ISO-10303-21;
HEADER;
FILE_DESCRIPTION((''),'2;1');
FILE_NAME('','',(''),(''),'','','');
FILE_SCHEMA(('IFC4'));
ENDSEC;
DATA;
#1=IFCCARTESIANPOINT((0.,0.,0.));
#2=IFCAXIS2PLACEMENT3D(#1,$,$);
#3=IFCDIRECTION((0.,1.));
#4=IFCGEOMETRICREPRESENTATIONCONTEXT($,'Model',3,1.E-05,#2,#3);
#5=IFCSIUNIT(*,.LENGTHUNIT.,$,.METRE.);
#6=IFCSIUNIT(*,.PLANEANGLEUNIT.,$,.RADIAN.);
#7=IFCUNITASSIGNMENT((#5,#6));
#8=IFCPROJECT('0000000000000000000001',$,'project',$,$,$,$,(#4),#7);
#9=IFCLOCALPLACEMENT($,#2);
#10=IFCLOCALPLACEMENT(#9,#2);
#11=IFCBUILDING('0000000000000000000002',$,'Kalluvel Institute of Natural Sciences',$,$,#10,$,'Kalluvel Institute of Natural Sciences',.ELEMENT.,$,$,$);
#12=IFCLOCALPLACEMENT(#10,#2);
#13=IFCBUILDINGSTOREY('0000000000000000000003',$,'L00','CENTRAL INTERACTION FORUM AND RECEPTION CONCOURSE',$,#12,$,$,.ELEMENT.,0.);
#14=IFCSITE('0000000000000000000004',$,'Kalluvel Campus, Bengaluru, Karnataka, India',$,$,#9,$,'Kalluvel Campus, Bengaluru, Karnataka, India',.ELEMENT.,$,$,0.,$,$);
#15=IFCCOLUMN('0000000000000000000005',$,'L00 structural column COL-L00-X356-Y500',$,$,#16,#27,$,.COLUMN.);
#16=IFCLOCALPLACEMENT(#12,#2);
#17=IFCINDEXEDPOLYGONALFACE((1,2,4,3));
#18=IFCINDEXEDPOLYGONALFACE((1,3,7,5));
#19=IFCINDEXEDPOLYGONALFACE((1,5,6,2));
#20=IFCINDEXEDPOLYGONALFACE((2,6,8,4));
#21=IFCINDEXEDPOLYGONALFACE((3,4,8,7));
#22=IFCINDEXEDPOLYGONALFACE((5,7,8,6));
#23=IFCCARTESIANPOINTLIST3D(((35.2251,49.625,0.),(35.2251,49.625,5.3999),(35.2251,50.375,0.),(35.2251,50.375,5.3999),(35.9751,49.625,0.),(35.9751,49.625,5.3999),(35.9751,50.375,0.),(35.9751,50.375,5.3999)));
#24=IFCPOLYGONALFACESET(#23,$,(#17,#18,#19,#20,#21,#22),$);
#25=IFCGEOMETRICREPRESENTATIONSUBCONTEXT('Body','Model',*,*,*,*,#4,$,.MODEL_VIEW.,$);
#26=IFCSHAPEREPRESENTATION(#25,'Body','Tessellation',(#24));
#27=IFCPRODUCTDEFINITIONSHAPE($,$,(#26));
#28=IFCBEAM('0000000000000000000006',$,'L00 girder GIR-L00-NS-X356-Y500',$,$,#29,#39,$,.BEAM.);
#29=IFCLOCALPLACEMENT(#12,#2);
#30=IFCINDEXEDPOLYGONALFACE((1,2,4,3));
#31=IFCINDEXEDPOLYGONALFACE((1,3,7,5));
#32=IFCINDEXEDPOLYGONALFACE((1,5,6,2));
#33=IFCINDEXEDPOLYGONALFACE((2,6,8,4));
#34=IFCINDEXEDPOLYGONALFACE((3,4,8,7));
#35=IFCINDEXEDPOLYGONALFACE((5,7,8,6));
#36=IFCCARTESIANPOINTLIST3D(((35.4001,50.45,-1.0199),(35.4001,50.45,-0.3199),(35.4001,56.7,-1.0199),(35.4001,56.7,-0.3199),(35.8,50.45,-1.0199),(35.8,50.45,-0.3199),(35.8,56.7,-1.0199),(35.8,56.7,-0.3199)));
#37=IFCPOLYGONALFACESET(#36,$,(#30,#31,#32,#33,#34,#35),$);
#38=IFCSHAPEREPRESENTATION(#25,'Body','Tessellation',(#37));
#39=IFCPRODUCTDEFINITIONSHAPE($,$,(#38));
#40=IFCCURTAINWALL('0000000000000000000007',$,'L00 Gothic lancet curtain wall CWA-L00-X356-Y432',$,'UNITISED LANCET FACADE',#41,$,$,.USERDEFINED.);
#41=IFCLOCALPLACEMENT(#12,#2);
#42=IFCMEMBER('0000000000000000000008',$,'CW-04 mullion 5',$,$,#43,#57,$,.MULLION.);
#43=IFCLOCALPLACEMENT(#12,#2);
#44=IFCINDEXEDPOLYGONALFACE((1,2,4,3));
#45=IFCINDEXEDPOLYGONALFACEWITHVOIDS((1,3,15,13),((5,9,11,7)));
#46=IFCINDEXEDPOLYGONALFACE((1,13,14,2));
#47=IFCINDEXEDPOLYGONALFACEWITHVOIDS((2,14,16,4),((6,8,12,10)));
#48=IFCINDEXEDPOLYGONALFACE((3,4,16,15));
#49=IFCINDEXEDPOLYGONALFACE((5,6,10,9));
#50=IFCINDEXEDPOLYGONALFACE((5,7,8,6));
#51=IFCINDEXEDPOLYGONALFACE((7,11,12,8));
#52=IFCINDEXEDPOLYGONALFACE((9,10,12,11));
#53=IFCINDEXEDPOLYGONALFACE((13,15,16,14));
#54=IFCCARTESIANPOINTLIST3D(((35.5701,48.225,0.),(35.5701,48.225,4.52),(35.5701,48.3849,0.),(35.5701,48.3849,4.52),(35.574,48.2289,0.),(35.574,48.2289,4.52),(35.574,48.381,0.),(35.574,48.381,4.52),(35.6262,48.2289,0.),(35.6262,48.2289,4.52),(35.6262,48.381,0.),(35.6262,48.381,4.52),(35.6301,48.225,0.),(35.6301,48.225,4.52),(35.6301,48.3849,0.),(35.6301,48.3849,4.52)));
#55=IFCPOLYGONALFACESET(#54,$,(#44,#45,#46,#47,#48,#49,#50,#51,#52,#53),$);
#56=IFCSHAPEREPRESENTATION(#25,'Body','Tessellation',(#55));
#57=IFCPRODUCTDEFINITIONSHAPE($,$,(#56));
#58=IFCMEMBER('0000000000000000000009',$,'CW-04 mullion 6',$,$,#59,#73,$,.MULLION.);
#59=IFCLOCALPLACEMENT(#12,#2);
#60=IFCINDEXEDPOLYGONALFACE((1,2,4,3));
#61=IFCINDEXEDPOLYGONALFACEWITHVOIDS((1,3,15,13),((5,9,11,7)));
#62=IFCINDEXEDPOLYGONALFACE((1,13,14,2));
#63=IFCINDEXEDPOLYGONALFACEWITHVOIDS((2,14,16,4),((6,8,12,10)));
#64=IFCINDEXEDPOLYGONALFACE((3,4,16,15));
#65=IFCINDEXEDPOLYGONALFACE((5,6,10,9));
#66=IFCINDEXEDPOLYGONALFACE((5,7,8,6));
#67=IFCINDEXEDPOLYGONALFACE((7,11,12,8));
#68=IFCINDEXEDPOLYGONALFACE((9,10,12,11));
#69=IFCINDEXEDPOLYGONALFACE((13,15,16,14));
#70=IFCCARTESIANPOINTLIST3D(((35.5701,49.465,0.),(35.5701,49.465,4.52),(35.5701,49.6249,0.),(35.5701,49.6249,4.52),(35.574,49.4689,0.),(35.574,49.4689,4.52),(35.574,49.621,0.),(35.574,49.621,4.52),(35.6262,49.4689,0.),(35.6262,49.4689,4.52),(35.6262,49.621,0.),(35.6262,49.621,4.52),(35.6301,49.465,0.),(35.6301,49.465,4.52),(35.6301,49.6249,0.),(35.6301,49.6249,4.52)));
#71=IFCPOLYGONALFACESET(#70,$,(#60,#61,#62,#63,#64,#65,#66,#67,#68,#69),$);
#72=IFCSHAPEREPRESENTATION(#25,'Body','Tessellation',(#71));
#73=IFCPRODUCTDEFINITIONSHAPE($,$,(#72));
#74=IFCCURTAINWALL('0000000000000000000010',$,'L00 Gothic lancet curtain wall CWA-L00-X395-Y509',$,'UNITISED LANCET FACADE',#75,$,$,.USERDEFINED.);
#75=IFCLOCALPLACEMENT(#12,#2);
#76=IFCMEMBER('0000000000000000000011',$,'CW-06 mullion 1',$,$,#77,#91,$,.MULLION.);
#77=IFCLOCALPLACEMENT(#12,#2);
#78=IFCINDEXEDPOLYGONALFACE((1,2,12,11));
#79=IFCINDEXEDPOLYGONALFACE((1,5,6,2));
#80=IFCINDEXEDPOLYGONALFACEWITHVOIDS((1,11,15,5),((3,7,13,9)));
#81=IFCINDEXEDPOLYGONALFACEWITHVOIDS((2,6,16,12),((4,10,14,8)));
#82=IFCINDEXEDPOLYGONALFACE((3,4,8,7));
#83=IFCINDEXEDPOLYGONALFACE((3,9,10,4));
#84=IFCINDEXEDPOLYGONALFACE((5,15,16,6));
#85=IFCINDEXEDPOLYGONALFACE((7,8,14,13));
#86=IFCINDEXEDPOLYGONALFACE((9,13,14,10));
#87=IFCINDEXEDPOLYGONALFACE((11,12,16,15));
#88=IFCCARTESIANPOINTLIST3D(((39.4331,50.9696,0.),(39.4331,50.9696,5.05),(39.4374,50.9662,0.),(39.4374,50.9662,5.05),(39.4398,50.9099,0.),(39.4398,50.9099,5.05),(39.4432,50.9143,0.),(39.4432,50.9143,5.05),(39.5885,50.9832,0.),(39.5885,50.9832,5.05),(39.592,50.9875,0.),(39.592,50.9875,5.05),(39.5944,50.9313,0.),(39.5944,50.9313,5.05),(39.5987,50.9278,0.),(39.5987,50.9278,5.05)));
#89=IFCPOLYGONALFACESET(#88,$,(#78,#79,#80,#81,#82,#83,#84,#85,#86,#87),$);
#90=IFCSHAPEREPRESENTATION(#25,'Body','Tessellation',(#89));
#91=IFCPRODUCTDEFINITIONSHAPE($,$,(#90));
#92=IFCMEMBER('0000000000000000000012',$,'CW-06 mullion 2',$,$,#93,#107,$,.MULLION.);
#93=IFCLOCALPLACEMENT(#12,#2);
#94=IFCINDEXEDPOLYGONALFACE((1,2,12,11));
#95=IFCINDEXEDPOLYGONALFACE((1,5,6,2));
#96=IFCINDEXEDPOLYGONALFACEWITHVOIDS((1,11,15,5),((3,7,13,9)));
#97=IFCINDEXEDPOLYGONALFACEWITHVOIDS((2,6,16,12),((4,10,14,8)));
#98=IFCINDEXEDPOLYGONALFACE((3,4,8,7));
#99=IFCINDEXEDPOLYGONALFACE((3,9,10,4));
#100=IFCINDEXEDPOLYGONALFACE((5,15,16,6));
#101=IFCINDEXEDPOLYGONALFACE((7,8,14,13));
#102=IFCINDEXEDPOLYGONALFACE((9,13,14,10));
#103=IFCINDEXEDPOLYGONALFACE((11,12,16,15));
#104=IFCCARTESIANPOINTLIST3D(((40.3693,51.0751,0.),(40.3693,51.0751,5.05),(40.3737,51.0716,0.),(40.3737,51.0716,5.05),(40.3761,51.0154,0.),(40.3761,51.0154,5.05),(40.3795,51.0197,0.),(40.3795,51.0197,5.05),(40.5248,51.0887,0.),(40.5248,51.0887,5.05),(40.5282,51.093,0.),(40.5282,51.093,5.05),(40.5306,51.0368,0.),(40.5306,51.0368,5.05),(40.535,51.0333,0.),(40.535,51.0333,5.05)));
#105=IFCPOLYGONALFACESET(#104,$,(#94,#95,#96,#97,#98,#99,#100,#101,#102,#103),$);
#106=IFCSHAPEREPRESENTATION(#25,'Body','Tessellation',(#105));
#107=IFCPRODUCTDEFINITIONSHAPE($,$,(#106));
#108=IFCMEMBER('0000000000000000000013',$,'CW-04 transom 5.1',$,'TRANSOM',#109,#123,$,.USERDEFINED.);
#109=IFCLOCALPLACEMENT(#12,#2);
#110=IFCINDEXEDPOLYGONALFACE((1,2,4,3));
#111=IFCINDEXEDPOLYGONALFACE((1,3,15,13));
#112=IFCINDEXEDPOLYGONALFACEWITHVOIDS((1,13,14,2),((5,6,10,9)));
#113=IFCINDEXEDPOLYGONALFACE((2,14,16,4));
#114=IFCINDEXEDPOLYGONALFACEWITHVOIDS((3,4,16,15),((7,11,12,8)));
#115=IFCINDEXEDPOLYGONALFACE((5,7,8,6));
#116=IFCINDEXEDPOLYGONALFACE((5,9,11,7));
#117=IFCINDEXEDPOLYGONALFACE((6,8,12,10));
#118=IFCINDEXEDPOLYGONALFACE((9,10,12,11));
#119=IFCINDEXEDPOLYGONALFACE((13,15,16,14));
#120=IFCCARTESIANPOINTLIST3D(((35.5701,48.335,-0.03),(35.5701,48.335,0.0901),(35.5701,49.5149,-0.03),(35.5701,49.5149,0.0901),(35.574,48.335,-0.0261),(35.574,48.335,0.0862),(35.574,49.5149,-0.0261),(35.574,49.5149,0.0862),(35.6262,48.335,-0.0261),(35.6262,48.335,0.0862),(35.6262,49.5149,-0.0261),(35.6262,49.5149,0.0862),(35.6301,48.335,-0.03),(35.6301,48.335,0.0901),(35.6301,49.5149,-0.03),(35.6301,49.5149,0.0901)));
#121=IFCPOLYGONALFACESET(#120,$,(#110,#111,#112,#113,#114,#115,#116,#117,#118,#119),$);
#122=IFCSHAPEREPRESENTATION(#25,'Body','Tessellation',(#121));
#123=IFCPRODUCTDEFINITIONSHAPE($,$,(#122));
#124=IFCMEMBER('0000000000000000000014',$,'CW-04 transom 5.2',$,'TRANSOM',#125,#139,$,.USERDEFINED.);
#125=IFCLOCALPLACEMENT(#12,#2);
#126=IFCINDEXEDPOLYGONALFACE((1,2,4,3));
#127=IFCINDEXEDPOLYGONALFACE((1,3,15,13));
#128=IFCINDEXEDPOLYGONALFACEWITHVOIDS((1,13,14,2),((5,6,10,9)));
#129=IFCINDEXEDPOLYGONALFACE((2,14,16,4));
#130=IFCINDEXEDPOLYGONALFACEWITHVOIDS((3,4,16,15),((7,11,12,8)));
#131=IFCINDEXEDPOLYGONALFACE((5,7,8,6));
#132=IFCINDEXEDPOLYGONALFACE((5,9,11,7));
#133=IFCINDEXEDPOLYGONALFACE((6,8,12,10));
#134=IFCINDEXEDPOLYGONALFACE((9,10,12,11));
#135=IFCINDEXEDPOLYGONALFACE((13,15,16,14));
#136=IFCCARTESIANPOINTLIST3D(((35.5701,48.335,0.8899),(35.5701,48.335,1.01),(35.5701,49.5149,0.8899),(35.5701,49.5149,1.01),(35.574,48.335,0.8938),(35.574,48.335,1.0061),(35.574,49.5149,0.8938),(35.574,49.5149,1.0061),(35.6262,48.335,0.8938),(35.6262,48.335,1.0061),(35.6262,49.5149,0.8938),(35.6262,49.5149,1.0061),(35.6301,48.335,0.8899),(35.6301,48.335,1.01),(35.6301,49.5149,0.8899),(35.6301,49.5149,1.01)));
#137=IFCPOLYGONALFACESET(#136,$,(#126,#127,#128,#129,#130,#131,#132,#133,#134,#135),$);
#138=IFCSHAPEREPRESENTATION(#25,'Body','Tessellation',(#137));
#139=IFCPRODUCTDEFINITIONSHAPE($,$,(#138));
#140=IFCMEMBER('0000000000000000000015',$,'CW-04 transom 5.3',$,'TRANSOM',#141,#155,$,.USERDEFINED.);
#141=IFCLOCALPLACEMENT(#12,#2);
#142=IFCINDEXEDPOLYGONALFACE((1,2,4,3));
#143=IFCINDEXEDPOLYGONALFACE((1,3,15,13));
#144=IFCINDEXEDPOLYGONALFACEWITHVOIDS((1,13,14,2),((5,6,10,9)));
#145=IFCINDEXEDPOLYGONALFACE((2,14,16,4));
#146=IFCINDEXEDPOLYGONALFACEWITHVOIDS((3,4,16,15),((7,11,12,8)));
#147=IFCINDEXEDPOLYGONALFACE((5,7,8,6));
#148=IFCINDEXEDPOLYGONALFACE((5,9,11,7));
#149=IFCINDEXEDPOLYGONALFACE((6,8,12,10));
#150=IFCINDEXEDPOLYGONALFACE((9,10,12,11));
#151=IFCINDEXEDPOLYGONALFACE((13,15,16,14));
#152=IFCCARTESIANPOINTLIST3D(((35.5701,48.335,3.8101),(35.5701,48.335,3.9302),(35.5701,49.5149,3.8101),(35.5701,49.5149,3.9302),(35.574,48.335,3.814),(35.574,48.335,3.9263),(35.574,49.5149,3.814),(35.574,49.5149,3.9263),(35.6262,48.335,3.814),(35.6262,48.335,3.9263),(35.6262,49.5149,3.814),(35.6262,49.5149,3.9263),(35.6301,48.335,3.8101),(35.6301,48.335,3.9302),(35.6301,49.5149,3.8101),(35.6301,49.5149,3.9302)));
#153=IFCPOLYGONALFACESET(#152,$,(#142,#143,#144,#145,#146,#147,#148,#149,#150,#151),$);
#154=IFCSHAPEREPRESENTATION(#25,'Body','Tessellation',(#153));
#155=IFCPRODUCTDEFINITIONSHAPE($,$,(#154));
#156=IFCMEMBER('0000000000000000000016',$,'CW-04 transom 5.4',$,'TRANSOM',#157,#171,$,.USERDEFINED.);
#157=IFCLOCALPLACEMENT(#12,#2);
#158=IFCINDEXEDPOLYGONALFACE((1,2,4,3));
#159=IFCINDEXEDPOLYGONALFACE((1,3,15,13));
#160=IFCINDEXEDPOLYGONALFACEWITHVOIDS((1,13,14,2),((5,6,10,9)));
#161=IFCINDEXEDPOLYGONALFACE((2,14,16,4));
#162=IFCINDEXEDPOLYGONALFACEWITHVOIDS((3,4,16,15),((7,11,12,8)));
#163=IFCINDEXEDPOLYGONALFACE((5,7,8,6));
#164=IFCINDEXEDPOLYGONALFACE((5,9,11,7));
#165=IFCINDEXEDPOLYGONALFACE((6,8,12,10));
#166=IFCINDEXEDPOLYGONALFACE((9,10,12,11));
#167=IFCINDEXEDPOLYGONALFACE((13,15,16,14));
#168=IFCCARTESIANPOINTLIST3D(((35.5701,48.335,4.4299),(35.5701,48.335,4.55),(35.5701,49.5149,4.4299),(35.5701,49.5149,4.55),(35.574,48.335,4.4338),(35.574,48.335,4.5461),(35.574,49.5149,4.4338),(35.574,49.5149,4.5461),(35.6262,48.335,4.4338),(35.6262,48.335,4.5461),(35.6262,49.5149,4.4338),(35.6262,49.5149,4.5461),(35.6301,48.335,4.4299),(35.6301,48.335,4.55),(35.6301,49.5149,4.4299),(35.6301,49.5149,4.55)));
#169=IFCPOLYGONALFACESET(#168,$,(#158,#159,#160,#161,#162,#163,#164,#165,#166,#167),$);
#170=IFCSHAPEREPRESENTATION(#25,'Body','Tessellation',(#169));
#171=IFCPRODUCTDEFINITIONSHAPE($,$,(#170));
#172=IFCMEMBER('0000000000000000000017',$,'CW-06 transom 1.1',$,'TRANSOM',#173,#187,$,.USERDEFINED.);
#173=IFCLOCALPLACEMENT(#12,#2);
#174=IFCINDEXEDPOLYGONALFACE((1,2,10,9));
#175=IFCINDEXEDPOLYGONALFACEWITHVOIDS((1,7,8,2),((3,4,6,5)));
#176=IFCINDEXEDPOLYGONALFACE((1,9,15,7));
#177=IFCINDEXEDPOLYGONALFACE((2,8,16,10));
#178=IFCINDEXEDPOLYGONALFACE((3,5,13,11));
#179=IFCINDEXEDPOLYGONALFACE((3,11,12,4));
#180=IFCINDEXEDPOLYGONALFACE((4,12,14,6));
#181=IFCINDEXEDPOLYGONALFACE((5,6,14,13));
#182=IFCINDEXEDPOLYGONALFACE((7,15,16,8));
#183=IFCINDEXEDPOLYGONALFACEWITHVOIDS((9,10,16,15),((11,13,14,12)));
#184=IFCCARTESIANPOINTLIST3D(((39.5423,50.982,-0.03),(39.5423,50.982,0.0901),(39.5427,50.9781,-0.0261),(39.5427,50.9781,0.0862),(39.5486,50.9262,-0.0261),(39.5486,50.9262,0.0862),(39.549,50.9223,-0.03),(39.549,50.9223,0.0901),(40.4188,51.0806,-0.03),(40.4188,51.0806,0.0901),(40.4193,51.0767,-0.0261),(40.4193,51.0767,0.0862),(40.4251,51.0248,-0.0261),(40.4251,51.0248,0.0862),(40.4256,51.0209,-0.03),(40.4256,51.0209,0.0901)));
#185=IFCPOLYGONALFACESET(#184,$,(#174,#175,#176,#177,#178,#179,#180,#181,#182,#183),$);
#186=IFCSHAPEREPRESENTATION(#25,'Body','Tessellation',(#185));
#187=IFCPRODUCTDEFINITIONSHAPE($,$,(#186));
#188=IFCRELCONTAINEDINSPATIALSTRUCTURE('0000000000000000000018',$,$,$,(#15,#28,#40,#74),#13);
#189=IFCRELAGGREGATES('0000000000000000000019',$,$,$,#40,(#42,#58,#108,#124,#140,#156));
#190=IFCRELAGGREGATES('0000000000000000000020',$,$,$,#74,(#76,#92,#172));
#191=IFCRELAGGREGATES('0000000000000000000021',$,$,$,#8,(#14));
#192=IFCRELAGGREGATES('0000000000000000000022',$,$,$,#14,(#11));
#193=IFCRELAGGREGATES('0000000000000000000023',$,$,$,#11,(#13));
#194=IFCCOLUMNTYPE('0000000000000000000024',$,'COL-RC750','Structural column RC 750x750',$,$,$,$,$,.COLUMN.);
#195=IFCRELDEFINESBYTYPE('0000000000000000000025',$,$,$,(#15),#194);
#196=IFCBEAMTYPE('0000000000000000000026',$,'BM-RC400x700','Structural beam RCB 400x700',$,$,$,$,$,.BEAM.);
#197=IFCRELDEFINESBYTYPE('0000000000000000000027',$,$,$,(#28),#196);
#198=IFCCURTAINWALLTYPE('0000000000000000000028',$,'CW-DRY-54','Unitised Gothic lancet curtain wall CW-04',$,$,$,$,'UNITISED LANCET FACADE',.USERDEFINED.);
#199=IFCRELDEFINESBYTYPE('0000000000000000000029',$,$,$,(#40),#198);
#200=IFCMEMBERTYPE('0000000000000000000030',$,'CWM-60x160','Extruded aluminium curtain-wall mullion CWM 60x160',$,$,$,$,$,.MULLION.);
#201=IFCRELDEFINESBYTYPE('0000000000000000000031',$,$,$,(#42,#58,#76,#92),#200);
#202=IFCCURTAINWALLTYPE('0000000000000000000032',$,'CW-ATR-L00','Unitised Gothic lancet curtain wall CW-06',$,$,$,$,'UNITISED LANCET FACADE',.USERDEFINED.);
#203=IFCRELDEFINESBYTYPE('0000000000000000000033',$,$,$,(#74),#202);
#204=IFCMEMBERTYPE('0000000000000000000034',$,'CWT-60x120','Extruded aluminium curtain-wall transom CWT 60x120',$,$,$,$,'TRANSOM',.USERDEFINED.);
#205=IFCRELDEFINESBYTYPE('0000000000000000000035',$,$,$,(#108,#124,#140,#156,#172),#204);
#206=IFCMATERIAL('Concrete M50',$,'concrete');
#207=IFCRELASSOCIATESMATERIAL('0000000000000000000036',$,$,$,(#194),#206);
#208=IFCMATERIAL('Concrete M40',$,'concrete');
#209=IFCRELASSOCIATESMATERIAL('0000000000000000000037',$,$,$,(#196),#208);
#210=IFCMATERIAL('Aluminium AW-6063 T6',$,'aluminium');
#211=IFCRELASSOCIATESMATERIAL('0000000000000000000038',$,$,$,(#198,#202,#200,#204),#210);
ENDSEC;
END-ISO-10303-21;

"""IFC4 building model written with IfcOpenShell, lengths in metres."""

from ifc_helpers import new_model, si_unit, direction, frame, origin, origin_2d, place, context, subcontext, project, spatial, rectangle, hollow_rectangle, extrude, material, material_profile, profile_set, type_object, element, aggregate, save


model = new_model("IFC4")

# Units and contexts
model_context = context("Model", 3, precision=1e-05, world=origin(), true_north=direction((0.0, 1.0)))
body_context = subcontext(model_context, "Body", "Model", "MODEL_VIEW")
ifc_project = project(units=[si_unit("LENGTHUNIT", "METRE"), si_unit("PLANEANGLEUNIT", "RADIAN")], contexts=[model_context])

# Site, building, storey
site_placement = place(None, origin())
site = spatial("IfcSite", under=ifc_project, at=site_placement, Name="Kalluvel Campus, Bengaluru, Karnataka, India", LongName="Kalluvel Campus, Bengaluru, Karnataka, India", CompositionType="ELEMENT", RefElevation=0.0)
building_placement = place(site_placement, origin())
building = spatial("IfcBuilding", under=site, at=building_placement, Name="Kalluvel Institute of Natural Sciences", LongName="Kalluvel Institute of Natural Sciences", CompositionType="ELEMENT")
storey_placement = place(building_placement, origin())
storey = spatial("IfcBuildingStorey", under=building, at=storey_placement, Name="L00", Description="CENTRAL INTERACTION FORUM AND RECEPTION CONCOURSE", CompositionType="ELEMENT", Elevation=0.0)

# Column
ifc_material_1 = material(Name="Concrete M50", Category="concrete")
ifc_material_profile_1 = material_profile(ifc_material_1, rectangle(XDim=0.75, YDim=0.75, at=origin_2d()), Name="RC 750x750")
ifc_profile_set_1 = profile_set([ifc_material_profile_1], Name="Concrete M50")
column_type = type_object("IfcColumnType", Name="COL-RC750", Description="Structural column RC 750x750", PredefinedType="COLUMN", material=ifc_profile_set_1)
column_placement = place(storey_placement, frame((35.6001, 50.0, 0.0), z_axis=(0.0, 0.0, 1.0), x_axis=(1.0, 0.0, 0.0)))
element("IfcColumn", 1, at=column_placement, inside=storey, type_object=column_type, Name="L00 structural column COL-L00-X356-Y500", PredefinedType="COLUMN", context=body_context, shape_type="SweptSolid", body=[
    extrude(rectangle(XDim=0.75, YDim=0.75, at=origin_2d()), origin(), (0.0, 0.0, 1.0), 5.3999),
])

# Beam
ifc_material_2 = material(Name="Concrete M40", Category="concrete")
ifc_material_profile_2 = material_profile(ifc_material_2, rectangle(XDim=0.3999, YDim=0.7, at=origin_2d()), Name="RCB 400x700")
ifc_profile_set_2 = profile_set([ifc_material_profile_2], Name="Concrete M40")
beam_type = type_object("IfcBeamType", Name="BM-RC400x700", Description="Structural beam RCB 400x700", PredefinedType="BEAM", material=ifc_profile_set_2)
beam_placement = place(storey_placement, frame((35.6001, 50.45, -0.6699), z_axis=(0.0, 1.0, 0.0), x_axis=(-1.0, 0.0, 0.0)))
element("IfcBeam", 2, at=beam_placement, inside=storey, type_object=beam_type, Name="L00 girder GIR-L00-NS-X356-Y500", PredefinedType="BEAM", context=body_context, shape_type="SweptSolid", body=[
    extrude(rectangle(XDim=0.3999, YDim=0.7, at=origin_2d()), origin(), (0.0, 0.0, 1.0), 6.25),
])

# Curtain walls, members
ifc_material_3 = material(Name="Aluminium AW-6063 T6", Category="aluminium")
curtain_wall_type_1 = type_object("IfcCurtainWallType", Name="CW-DRY-54", Description="Unitised Gothic lancet curtain wall CW-04", ElementType="UNITISED LANCET FACADE", PredefinedType="USERDEFINED", material=ifc_material_3)
curtain_wall_1_placement = place(storey_placement, origin())
curtain_wall_1 = element("IfcCurtainWall", 3, at=curtain_wall_1_placement, inside=storey, type_object=curtain_wall_type_1, Name="L00 Gothic lancet curtain wall CWA-L00-X356-Y432", ObjectType="UNITISED LANCET FACADE", PredefinedType="USERDEFINED")
ifc_material_profile_3 = material_profile(ifc_material_3, hollow_rectangle(XDim=0.0601, YDim=0.1599, WallThickness=0.0039, at=origin_2d()), Name="CWM 60x160")
ifc_profile_set_3 = profile_set([ifc_material_profile_3], Name="Aluminium AW-6063 T6")
member_type_1 = type_object("IfcMemberType", Name="CWM-60x160", Description="Extruded aluminium curtain-wall mullion CWM 60x160", PredefinedType="MULLION", material=ifc_profile_set_3)
member_1_placement = place(storey_placement, frame((35.6001, 48.3049, 0.0), z_axis=(0.0, 0.0, 1.0), x_axis=(-1.0, 0.0, 0.0)))
member_1 = element("IfcMember", 4, at=member_1_placement, type_object=member_type_1, Name="CW-04 mullion 5", PredefinedType="MULLION", context=body_context, shape_type="SweptSolid", body=[
    extrude(hollow_rectangle(XDim=0.0601, YDim=0.1599, WallThickness=0.0039, at=origin_2d()), origin(), (0.0, 0.0, 1.0), 4.52),
])
member_2_placement = place(storey_placement, frame((35.6001, 49.5449, 0.0), z_axis=(0.0, 0.0, 1.0), x_axis=(-1.0, 0.0, 0.0)))
member_2 = element("IfcMember", 5, at=member_2_placement, type_object=member_type_1, Name="CW-04 mullion 6", PredefinedType="MULLION", context=body_context, shape_type="SweptSolid", body=[
    extrude(hollow_rectangle(XDim=0.0601, YDim=0.1599, WallThickness=0.0039, at=origin_2d()), origin(), (0.0, 0.0, 1.0), 4.52),
])
curtain_wall_type_2 = type_object("IfcCurtainWallType", Name="CW-ATR-L00", Description="Unitised Gothic lancet curtain wall CW-06", ElementType="UNITISED LANCET FACADE", PredefinedType="USERDEFINED", material=ifc_material_3)
curtain_wall_2_placement = place(storey_placement, origin())
curtain_wall_2 = element("IfcCurtainWall", 6, at=curtain_wall_2_placement, inside=storey, type_object=curtain_wall_type_2, Name="L00 Gothic lancet curtain wall CWA-L00-X395-Y509", ObjectType="UNITISED LANCET FACADE", PredefinedType="USERDEFINED")
member_3_placement = place(storey_placement, frame((39.5159, 50.9487, 0.0), z_axis=(0.0, 0.0, 1.0), x_axis=(-0.111967, 0.993712, 0.0)))
member_3 = element("IfcMember", 7, at=member_3_placement, type_object=member_type_1, Name="CW-06 mullion 1", PredefinedType="MULLION", context=body_context, shape_type="SweptSolid", body=[
    extrude(hollow_rectangle(XDim=0.0601, YDim=0.1599, WallThickness=0.0039, at=origin_2d()), origin(), (0.0, 0.0, 1.0), 5.05),
])
member_4_placement = place(storey_placement, frame((40.4521, 51.0542, 0.0), z_axis=(0.0, 0.0, 1.0), x_axis=(-0.111967, 0.993712, 0.0)))
member_4 = element("IfcMember", 8, at=member_4_placement, type_object=member_type_1, Name="CW-06 mullion 2", PredefinedType="MULLION", context=body_context, shape_type="SweptSolid", body=[
    extrude(hollow_rectangle(XDim=0.0601, YDim=0.1599, WallThickness=0.0039, at=origin_2d()), origin(), (0.0, 0.0, 1.0), 5.05),
])

# Members
ifc_material_profile_4 = material_profile(ifc_material_3, hollow_rectangle(XDim=0.0601, YDim=0.1201, WallThickness=0.0039, at=origin_2d()), Name="CWT 60x120")
ifc_profile_set_4 = profile_set([ifc_material_profile_4], Name="Aluminium AW-6063 T6")
member_type_2 = type_object("IfcMemberType", Name="CWT-60x120", Description="Extruded aluminium curtain-wall transom CWT 60x120", ElementType="TRANSOM", PredefinedType="USERDEFINED", material=ifc_profile_set_4)
member_5_placement = place(storey_placement, frame((35.6001, 48.335, 0.03), z_axis=(0.0, 1.0, 0.0), x_axis=(-1.0, 0.0, 0.0)))
member_5 = element("IfcMember", 9, at=member_5_placement, type_object=member_type_2, Name="CW-04 transom 5.1", ObjectType="TRANSOM", PredefinedType="USERDEFINED", context=body_context, shape_type="SweptSolid", body=[
    extrude(hollow_rectangle(XDim=0.0601, YDim=0.1201, WallThickness=0.0039, at=origin_2d()), origin(), (0.0, 0.0, 1.0), 1.1799),
])
member_6_placement = place(storey_placement, frame((35.6001, 48.335, 0.95), z_axis=(0.0, 1.0, 0.0), x_axis=(-1.0, 0.0, 0.0)))
member_6 = element("IfcMember", 10, at=member_6_placement, type_object=member_type_2, Name="CW-04 transom 5.2", ObjectType="TRANSOM", PredefinedType="USERDEFINED", context=body_context, shape_type="SweptSolid", body=[
    extrude(hollow_rectangle(XDim=0.0601, YDim=0.1201, WallThickness=0.0039, at=origin_2d()), origin(), (0.0, 0.0, 1.0), 1.1799),
])
member_7_placement = place(storey_placement, frame((35.6001, 48.335, 3.8701), z_axis=(0.0, 1.0, 0.0), x_axis=(-1.0, 0.0, 0.0)))
member_7 = element("IfcMember", 11, at=member_7_placement, type_object=member_type_2, Name="CW-04 transom 5.3", ObjectType="TRANSOM", PredefinedType="USERDEFINED", context=body_context, shape_type="SweptSolid", body=[
    extrude(hollow_rectangle(XDim=0.0601, YDim=0.1201, WallThickness=0.0039, at=origin_2d()), origin(), (0.0, 0.0, 1.0), 1.1799),
])
member_8_placement = place(storey_placement, frame((35.6001, 48.335, 4.49), z_axis=(0.0, 1.0, 0.0), x_axis=(-1.0, 0.0, 0.0)))
member_8 = element("IfcMember", 12, at=member_8_placement, type_object=member_type_2, Name="CW-04 transom 5.4", ObjectType="TRANSOM", PredefinedType="USERDEFINED", context=body_context, shape_type="SweptSolid", body=[
    extrude(hollow_rectangle(XDim=0.0601, YDim=0.1201, WallThickness=0.0039, at=origin_2d()), origin(), (0.0, 0.0, 1.0), 1.1799),
])
member_9_placement = place(storey_placement, frame((39.5457, 50.9521, 0.03), z_axis=(0.993727, 0.111829, 0.0), x_axis=(-0.111829, 0.993727, 0.0)))
member_9 = element("IfcMember", 13, at=member_9_placement, type_object=member_type_2, Name="CW-06 transom 1.1", ObjectType="TRANSOM", PredefinedType="USERDEFINED", context=body_context, shape_type="SweptSolid", body=[
    extrude(hollow_rectangle(XDim=0.0601, YDim=0.1201, WallThickness=0.0039, at=origin_2d()), origin(), (0.0, 0.0, 1.0), 0.8821),
])

aggregate(curtain_wall_1, [member_1, member_2, member_5, member_6, member_7, member_8])
aggregate(curtain_wall_2, [member_3, member_4, member_9])

save(model, "model.ifc")
